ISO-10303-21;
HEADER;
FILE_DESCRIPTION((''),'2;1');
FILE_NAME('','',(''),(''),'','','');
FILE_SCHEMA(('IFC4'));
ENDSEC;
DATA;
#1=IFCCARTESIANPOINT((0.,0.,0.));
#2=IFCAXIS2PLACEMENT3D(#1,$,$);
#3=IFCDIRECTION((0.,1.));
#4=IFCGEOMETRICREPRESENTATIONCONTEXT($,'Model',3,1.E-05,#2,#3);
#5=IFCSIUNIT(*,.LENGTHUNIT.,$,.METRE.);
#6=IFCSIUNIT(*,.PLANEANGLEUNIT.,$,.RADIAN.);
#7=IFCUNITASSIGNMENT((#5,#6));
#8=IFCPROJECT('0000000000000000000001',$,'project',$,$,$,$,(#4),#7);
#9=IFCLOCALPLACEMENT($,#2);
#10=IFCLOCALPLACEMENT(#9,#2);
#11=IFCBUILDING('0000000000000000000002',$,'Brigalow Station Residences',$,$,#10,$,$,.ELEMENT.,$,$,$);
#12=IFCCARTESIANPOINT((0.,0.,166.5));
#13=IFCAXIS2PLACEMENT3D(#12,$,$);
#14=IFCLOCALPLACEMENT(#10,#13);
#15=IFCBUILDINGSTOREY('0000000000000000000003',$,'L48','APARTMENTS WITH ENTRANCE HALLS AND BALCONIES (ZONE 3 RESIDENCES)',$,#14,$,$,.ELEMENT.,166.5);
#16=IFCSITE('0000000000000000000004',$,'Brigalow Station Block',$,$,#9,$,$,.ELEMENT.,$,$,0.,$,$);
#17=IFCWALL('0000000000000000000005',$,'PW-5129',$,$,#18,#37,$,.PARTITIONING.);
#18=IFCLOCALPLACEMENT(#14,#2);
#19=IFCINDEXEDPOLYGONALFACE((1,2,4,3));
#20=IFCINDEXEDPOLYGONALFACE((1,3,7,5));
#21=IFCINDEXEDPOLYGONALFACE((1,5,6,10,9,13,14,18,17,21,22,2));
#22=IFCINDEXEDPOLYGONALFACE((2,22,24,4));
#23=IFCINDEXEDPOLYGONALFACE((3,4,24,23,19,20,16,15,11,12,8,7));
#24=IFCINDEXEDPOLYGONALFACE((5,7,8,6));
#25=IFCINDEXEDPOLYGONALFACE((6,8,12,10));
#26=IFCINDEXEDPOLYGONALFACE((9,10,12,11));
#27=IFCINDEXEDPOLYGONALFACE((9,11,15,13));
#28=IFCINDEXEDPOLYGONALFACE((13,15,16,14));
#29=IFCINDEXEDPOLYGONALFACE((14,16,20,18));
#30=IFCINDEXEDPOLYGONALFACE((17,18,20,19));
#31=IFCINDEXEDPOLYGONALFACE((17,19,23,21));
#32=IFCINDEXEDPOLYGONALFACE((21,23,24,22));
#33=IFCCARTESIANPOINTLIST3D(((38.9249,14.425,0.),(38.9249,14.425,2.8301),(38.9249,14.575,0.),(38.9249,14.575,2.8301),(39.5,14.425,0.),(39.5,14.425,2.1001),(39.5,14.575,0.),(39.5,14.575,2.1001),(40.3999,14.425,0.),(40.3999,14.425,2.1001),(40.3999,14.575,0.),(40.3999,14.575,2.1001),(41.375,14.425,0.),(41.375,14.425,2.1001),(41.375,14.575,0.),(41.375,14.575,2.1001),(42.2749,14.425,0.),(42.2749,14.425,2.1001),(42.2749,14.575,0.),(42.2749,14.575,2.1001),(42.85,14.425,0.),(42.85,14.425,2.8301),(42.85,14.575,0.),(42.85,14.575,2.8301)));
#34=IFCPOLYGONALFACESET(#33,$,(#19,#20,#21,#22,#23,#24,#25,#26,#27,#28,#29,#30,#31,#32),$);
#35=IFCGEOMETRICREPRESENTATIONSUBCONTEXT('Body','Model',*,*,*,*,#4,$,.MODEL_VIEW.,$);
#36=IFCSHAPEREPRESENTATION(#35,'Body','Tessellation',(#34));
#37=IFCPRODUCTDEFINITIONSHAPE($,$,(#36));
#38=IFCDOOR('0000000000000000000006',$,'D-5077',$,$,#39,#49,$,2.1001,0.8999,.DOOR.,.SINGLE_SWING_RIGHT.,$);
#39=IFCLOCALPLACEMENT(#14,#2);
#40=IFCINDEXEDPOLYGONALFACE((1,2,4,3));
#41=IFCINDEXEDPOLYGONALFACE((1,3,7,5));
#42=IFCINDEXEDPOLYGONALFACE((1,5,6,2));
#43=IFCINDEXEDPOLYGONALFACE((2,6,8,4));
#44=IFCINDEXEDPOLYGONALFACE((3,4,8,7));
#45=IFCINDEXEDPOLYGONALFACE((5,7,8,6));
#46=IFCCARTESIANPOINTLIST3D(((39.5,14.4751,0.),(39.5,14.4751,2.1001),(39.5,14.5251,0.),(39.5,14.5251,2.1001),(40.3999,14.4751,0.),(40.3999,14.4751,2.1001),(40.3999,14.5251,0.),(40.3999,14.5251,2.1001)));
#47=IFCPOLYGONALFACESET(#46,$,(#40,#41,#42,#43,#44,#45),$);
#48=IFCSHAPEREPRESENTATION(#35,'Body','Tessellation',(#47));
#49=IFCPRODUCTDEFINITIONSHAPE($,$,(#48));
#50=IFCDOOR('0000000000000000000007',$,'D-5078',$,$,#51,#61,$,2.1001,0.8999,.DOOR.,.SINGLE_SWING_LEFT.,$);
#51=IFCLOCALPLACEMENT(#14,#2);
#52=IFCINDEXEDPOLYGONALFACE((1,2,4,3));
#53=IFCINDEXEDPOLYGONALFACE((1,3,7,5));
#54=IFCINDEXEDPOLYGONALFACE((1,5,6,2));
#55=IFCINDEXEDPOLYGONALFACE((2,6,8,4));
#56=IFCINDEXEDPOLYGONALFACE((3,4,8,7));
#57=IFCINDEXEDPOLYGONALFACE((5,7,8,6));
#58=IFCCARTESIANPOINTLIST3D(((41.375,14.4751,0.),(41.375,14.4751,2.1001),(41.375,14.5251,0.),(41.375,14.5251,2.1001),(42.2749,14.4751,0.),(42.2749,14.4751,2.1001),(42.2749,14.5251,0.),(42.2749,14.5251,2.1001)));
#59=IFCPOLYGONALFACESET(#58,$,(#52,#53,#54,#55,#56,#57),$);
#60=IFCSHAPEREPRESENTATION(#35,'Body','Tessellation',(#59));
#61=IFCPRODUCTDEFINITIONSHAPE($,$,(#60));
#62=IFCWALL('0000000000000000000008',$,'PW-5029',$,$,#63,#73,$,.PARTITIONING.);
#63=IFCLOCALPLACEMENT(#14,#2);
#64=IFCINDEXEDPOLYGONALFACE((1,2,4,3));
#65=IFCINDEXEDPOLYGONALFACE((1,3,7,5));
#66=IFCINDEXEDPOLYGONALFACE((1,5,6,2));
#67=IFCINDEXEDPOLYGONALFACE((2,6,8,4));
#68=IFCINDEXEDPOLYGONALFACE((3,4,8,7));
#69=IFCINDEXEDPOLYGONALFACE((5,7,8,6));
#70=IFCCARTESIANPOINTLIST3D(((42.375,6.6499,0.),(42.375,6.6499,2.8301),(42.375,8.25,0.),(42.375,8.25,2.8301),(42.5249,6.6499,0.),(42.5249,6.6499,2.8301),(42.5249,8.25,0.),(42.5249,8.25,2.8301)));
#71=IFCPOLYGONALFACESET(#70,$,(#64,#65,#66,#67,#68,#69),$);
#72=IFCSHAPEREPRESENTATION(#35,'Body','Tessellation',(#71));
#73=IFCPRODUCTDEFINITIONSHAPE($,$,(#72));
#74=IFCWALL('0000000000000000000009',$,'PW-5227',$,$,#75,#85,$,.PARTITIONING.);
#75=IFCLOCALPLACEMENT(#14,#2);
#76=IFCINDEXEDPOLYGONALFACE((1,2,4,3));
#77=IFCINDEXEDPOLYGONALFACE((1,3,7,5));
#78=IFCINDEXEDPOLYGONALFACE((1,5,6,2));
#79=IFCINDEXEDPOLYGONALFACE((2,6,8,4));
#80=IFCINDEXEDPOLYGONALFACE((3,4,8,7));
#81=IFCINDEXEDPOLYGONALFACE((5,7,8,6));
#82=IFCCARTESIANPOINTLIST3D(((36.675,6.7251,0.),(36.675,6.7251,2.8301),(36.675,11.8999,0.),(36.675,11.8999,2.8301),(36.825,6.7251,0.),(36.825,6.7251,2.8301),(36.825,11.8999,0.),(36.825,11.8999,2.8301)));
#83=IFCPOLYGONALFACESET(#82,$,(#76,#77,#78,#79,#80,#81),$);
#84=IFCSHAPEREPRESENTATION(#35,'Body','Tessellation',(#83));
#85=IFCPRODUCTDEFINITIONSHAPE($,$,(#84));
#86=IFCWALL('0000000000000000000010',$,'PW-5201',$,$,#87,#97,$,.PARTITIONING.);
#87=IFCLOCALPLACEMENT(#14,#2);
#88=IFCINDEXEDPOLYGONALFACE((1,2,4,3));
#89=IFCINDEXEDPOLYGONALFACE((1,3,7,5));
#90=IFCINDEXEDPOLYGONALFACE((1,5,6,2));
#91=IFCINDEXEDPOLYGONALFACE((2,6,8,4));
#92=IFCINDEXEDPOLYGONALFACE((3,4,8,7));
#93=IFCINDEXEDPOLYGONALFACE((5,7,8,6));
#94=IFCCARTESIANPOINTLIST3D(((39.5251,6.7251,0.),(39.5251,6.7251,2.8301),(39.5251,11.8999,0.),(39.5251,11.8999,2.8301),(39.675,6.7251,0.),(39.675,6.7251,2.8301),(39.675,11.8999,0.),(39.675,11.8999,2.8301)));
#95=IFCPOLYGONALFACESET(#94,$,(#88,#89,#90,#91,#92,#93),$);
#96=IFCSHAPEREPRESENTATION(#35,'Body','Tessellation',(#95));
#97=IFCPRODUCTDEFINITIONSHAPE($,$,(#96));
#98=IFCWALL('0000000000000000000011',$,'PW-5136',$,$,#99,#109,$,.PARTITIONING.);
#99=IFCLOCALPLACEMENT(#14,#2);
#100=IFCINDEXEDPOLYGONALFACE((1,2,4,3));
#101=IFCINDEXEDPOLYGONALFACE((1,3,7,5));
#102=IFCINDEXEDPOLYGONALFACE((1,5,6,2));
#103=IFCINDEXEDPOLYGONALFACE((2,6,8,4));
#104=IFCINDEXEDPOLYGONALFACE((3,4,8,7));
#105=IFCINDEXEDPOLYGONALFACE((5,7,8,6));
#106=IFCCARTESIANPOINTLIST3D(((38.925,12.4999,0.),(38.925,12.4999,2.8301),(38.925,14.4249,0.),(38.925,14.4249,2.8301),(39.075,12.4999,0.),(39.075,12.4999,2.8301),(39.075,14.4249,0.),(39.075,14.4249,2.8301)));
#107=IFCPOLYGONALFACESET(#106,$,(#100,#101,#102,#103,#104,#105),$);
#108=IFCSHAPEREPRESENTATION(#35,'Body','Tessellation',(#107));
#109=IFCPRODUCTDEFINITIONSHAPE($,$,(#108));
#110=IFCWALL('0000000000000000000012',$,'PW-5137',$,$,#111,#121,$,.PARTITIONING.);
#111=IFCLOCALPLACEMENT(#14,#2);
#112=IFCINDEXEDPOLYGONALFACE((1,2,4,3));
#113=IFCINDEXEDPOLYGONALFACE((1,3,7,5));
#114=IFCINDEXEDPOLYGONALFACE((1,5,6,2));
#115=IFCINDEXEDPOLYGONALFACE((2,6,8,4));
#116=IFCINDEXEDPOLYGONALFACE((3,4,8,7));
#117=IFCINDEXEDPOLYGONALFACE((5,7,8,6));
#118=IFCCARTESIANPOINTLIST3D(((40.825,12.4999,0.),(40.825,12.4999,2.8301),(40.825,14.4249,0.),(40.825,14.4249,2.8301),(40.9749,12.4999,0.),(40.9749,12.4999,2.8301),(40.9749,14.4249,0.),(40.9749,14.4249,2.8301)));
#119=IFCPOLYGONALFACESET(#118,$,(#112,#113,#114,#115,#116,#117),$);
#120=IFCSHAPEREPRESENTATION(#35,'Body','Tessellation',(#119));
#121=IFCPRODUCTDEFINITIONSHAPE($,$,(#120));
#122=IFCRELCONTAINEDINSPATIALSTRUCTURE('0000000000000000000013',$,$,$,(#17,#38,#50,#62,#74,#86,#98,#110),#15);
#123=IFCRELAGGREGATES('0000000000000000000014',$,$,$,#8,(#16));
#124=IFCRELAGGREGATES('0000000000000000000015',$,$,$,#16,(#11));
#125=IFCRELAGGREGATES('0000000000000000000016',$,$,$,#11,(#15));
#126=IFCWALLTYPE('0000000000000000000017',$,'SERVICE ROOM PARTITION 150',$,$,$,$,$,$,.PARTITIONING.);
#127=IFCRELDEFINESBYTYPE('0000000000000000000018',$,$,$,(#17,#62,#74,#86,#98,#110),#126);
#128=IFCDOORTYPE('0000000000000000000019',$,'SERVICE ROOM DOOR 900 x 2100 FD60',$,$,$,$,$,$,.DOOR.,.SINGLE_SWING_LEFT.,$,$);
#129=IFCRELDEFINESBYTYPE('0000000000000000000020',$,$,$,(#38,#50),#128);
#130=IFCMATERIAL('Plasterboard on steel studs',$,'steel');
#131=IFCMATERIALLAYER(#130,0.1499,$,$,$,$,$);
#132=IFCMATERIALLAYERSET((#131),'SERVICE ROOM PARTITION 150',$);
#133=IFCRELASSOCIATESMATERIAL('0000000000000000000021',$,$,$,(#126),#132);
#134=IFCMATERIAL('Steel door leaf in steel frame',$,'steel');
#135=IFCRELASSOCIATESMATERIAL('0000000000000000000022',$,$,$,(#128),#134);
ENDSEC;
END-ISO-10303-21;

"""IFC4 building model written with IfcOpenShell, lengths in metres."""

from ifc_helpers import new_model, si_unit, direction, frame, frame_2d, origin, place, context, subcontext, project, spatial, rectangle, extrude, material, layer, layer_set, type_object, element, fill, save


model = new_model("IFC4")

# Units and contexts
model_context = context("Model", 3, precision=1e-05, world=origin(), true_north=direction((0.0, 1.0)))
body_context = subcontext(model_context, "Body", "Model", "MODEL_VIEW")
ifc_project = project(units=[si_unit("LENGTHUNIT", "METRE"), si_unit("PLANEANGLEUNIT", "RADIAN")], contexts=[model_context])

# Site, building, storey
site_placement = place(None, origin())
site = spatial("IfcSite", under=ifc_project, at=site_placement, Name="Brigalow Station Block", CompositionType="ELEMENT", RefElevation=0.0)
building_placement = place(site_placement, origin())
building = spatial("IfcBuilding", under=site, at=building_placement, Name="Brigalow Station Residences", CompositionType="ELEMENT")
storey_placement = place(building_placement, frame((0.0, 0.0, 166.5)))
storey = spatial("IfcBuildingStorey", under=building, at=storey_placement, Name="L48", Description="APARTMENTS WITH ENTRANCE HALLS AND BALCONIES (ZONE 3 RESIDENCES)", CompositionType="ELEMENT", Elevation=166.5)

# Shared definitions
ifc_material_1 = material(Name="Plasterboard on steel studs", Category="steel")
ifc_layer_1 = layer(ifc_material_1, 0.1499)
ifc_layer_set_1 = layer_set([ifc_layer_1], Name="SERVICE ROOM PARTITION 150")
wall_type_1 = type_object("IfcWallType", Name="SERVICE ROOM PARTITION 150", PredefinedType="PARTITIONING", material=ifc_layer_set_1)
ifc_material_2 = material(Name="Steel door leaf in steel frame", Category="steel")
door_type_1 = type_object("IfcDoorType", Name="SERVICE ROOM DOOR 900 x 2100 FD60", OperationType="SINGLE_SWING_LEFT", PredefinedType="DOOR", material=ifc_material_2)

# Wall, openings, doors
wall_1_placement = place(storey_placement, frame((38.925, 14.5, 0.0), z_axis=(0.0, 0.0, 1.0), x_axis=(1.0, 0.0, 0.0)))
wall_1 = element("IfcWall", 1, at=wall_1_placement, inside=storey, type_object=wall_type_1, Name="PW-5129", PredefinedType="PARTITIONING", context=body_context, shape_type="SweptSolid", body=[
    extrude(rectangle(XDim=3.925, YDim=0.1499, at=frame_2d((1.9624, 0.0))), origin(), (0.0, 0.0, 1.0), 2.8301),
])
opening_1_placement = place(wall_1_placement, frame((0.575, 0.0, 0.0)))
opening_1 = element("IfcOpeningElement", 2, at=opening_1_placement, cuts=wall_1, PredefinedType="OPENING", context=body_context, shape_type="SweptSolid", body=[
    extrude(rectangle(XDim=0.8999, YDim=2.1001, at=frame_2d((0.45, 1.05))), frame((0.0, 0.085, 0.0), z_axis=(0.0, -1.0, 0.0), x_axis=(1.0, 0.0, 0.0)), (0.0, 0.0, 1.0), 0.1699),
])
opening_2_placement = place(wall_1_placement, frame((2.45, 0.0, 0.0)))
opening_2 = element("IfcOpeningElement", 3, at=opening_2_placement, cuts=wall_1, PredefinedType="OPENING", context=body_context, shape_type="SweptSolid", body=[
    extrude(rectangle(XDim=0.8999, YDim=2.1001, at=frame_2d((0.45, 1.05))), frame((0.0, 0.085, 0.0), z_axis=(0.0, -1.0, 0.0), x_axis=(1.0, 0.0, 0.0)), (0.0, 0.0, 1.0), 0.1699),
])
door_1_placement = place(opening_1_placement, frame((0.8999, 0.0, 0.0), z_axis=(0.0, 0.0, 1.0), x_axis=(-1.0, 0.0, 0.0)))
door_1 = element("IfcDoor", 4, at=door_1_placement, inside=storey, type_object=door_type_1, Name="D-5077", OperationType="SINGLE_SWING_RIGHT", OverallHeight=2.1001, OverallWidth=0.8999, PredefinedType="DOOR", context=body_context, shape_type="SweptSolid", body=[
    extrude(rectangle(XDim=0.8999, YDim=2.1001, at=frame_2d((0.45, 1.05))), frame((0.0, 0.0249, 0.0), z_axis=(0.0, -1.0, 0.0), x_axis=(1.0, 0.0, 0.0)), (0.0, 0.0, 1.0), 0.05),
])
fill(opening_1, door_1)
door_2_placement = place(opening_2_placement, frame((0.8999, 0.0, 0.0), z_axis=(0.0, 0.0, 1.0), x_axis=(-1.0, 0.0, 0.0)))
door_2 = element("IfcDoor", 5, at=door_2_placement, inside=storey, type_object=door_type_1, Name="D-5078", OperationType="SINGLE_SWING_LEFT", OverallHeight=2.1001, OverallWidth=0.8999, PredefinedType="DOOR", context=body_context, shape_type="SweptSolid", body=[
    extrude(rectangle(XDim=0.8999, YDim=2.1001, at=frame_2d((0.45, 1.05))), frame((0.0, 0.0249, 0.0), z_axis=(0.0, -1.0, 0.0), x_axis=(1.0, 0.0, 0.0)), (0.0, 0.0, 1.0), 0.05),
])
fill(opening_2, door_2)

# Walls
wall_2_placement = place(storey_placement, frame((42.45, 6.6499, 0.0), z_axis=(0.0, 0.0, 1.0), x_axis=(0.0, 1.0, 0.0)))
element("IfcWall", 6, at=wall_2_placement, inside=storey, type_object=wall_type_1, Name="PW-5029", PredefinedType="PARTITIONING", context=body_context, shape_type="SweptSolid", body=[
    extrude(rectangle(XDim=1.6001, YDim=0.1499, at=frame_2d((0.8, 0.0))), origin(), (0.0, 0.0, 1.0), 2.8301),
])
for number, where, z_axis, x_axis, name in (
    (7, (36.75, 6.7251, 0.0), (0.0, 0.0, 1.0), (0.0, 1.0, 0.0), "PW-5227"),
    (8, (39.6001, 6.7251, 0.0), (0.0, 0.0, 1.0), (0.0, 1.0, 0.0), "PW-5201"),
):
    element("IfcWall", number, at=place(storey_placement, frame(where, z_axis=z_axis, x_axis=x_axis)), inside=storey, type_object=wall_type_1, Name=name, PredefinedType="PARTITIONING", context=body_context, shape_type="SweptSolid", body=[
        extrude(rectangle(XDim=5.1748, YDim=0.1499, at=frame_2d((2.5874, 0.0))), origin(), (0.0, 0.0, 1.0), 2.8301),
    ])
for number, where, z_axis, x_axis, name in (
    (9, (39.0, 12.5, 0.0), (0.0, 0.0, 1.0), (0.0, 1.0, 0.0), "PW-5136"),
    (10, (40.8999, 12.5, 0.0), (0.0, 0.0, 1.0), (0.0, 1.0, 0.0), "PW-5137"),
):
    element("IfcWall", number, at=place(storey_placement, frame(where, z_axis=z_axis, x_axis=x_axis)), inside=storey, type_object=wall_type_1, Name=name, PredefinedType="PARTITIONING", context=body_context, shape_type="SweptSolid", body=[
        extrude(rectangle(XDim=1.925, YDim=0.1499, at=frame_2d((0.9624, 0.0))), origin(), (0.0, 0.0, 1.0), 2.8301),
    ])

save(model, "model.ifc")
